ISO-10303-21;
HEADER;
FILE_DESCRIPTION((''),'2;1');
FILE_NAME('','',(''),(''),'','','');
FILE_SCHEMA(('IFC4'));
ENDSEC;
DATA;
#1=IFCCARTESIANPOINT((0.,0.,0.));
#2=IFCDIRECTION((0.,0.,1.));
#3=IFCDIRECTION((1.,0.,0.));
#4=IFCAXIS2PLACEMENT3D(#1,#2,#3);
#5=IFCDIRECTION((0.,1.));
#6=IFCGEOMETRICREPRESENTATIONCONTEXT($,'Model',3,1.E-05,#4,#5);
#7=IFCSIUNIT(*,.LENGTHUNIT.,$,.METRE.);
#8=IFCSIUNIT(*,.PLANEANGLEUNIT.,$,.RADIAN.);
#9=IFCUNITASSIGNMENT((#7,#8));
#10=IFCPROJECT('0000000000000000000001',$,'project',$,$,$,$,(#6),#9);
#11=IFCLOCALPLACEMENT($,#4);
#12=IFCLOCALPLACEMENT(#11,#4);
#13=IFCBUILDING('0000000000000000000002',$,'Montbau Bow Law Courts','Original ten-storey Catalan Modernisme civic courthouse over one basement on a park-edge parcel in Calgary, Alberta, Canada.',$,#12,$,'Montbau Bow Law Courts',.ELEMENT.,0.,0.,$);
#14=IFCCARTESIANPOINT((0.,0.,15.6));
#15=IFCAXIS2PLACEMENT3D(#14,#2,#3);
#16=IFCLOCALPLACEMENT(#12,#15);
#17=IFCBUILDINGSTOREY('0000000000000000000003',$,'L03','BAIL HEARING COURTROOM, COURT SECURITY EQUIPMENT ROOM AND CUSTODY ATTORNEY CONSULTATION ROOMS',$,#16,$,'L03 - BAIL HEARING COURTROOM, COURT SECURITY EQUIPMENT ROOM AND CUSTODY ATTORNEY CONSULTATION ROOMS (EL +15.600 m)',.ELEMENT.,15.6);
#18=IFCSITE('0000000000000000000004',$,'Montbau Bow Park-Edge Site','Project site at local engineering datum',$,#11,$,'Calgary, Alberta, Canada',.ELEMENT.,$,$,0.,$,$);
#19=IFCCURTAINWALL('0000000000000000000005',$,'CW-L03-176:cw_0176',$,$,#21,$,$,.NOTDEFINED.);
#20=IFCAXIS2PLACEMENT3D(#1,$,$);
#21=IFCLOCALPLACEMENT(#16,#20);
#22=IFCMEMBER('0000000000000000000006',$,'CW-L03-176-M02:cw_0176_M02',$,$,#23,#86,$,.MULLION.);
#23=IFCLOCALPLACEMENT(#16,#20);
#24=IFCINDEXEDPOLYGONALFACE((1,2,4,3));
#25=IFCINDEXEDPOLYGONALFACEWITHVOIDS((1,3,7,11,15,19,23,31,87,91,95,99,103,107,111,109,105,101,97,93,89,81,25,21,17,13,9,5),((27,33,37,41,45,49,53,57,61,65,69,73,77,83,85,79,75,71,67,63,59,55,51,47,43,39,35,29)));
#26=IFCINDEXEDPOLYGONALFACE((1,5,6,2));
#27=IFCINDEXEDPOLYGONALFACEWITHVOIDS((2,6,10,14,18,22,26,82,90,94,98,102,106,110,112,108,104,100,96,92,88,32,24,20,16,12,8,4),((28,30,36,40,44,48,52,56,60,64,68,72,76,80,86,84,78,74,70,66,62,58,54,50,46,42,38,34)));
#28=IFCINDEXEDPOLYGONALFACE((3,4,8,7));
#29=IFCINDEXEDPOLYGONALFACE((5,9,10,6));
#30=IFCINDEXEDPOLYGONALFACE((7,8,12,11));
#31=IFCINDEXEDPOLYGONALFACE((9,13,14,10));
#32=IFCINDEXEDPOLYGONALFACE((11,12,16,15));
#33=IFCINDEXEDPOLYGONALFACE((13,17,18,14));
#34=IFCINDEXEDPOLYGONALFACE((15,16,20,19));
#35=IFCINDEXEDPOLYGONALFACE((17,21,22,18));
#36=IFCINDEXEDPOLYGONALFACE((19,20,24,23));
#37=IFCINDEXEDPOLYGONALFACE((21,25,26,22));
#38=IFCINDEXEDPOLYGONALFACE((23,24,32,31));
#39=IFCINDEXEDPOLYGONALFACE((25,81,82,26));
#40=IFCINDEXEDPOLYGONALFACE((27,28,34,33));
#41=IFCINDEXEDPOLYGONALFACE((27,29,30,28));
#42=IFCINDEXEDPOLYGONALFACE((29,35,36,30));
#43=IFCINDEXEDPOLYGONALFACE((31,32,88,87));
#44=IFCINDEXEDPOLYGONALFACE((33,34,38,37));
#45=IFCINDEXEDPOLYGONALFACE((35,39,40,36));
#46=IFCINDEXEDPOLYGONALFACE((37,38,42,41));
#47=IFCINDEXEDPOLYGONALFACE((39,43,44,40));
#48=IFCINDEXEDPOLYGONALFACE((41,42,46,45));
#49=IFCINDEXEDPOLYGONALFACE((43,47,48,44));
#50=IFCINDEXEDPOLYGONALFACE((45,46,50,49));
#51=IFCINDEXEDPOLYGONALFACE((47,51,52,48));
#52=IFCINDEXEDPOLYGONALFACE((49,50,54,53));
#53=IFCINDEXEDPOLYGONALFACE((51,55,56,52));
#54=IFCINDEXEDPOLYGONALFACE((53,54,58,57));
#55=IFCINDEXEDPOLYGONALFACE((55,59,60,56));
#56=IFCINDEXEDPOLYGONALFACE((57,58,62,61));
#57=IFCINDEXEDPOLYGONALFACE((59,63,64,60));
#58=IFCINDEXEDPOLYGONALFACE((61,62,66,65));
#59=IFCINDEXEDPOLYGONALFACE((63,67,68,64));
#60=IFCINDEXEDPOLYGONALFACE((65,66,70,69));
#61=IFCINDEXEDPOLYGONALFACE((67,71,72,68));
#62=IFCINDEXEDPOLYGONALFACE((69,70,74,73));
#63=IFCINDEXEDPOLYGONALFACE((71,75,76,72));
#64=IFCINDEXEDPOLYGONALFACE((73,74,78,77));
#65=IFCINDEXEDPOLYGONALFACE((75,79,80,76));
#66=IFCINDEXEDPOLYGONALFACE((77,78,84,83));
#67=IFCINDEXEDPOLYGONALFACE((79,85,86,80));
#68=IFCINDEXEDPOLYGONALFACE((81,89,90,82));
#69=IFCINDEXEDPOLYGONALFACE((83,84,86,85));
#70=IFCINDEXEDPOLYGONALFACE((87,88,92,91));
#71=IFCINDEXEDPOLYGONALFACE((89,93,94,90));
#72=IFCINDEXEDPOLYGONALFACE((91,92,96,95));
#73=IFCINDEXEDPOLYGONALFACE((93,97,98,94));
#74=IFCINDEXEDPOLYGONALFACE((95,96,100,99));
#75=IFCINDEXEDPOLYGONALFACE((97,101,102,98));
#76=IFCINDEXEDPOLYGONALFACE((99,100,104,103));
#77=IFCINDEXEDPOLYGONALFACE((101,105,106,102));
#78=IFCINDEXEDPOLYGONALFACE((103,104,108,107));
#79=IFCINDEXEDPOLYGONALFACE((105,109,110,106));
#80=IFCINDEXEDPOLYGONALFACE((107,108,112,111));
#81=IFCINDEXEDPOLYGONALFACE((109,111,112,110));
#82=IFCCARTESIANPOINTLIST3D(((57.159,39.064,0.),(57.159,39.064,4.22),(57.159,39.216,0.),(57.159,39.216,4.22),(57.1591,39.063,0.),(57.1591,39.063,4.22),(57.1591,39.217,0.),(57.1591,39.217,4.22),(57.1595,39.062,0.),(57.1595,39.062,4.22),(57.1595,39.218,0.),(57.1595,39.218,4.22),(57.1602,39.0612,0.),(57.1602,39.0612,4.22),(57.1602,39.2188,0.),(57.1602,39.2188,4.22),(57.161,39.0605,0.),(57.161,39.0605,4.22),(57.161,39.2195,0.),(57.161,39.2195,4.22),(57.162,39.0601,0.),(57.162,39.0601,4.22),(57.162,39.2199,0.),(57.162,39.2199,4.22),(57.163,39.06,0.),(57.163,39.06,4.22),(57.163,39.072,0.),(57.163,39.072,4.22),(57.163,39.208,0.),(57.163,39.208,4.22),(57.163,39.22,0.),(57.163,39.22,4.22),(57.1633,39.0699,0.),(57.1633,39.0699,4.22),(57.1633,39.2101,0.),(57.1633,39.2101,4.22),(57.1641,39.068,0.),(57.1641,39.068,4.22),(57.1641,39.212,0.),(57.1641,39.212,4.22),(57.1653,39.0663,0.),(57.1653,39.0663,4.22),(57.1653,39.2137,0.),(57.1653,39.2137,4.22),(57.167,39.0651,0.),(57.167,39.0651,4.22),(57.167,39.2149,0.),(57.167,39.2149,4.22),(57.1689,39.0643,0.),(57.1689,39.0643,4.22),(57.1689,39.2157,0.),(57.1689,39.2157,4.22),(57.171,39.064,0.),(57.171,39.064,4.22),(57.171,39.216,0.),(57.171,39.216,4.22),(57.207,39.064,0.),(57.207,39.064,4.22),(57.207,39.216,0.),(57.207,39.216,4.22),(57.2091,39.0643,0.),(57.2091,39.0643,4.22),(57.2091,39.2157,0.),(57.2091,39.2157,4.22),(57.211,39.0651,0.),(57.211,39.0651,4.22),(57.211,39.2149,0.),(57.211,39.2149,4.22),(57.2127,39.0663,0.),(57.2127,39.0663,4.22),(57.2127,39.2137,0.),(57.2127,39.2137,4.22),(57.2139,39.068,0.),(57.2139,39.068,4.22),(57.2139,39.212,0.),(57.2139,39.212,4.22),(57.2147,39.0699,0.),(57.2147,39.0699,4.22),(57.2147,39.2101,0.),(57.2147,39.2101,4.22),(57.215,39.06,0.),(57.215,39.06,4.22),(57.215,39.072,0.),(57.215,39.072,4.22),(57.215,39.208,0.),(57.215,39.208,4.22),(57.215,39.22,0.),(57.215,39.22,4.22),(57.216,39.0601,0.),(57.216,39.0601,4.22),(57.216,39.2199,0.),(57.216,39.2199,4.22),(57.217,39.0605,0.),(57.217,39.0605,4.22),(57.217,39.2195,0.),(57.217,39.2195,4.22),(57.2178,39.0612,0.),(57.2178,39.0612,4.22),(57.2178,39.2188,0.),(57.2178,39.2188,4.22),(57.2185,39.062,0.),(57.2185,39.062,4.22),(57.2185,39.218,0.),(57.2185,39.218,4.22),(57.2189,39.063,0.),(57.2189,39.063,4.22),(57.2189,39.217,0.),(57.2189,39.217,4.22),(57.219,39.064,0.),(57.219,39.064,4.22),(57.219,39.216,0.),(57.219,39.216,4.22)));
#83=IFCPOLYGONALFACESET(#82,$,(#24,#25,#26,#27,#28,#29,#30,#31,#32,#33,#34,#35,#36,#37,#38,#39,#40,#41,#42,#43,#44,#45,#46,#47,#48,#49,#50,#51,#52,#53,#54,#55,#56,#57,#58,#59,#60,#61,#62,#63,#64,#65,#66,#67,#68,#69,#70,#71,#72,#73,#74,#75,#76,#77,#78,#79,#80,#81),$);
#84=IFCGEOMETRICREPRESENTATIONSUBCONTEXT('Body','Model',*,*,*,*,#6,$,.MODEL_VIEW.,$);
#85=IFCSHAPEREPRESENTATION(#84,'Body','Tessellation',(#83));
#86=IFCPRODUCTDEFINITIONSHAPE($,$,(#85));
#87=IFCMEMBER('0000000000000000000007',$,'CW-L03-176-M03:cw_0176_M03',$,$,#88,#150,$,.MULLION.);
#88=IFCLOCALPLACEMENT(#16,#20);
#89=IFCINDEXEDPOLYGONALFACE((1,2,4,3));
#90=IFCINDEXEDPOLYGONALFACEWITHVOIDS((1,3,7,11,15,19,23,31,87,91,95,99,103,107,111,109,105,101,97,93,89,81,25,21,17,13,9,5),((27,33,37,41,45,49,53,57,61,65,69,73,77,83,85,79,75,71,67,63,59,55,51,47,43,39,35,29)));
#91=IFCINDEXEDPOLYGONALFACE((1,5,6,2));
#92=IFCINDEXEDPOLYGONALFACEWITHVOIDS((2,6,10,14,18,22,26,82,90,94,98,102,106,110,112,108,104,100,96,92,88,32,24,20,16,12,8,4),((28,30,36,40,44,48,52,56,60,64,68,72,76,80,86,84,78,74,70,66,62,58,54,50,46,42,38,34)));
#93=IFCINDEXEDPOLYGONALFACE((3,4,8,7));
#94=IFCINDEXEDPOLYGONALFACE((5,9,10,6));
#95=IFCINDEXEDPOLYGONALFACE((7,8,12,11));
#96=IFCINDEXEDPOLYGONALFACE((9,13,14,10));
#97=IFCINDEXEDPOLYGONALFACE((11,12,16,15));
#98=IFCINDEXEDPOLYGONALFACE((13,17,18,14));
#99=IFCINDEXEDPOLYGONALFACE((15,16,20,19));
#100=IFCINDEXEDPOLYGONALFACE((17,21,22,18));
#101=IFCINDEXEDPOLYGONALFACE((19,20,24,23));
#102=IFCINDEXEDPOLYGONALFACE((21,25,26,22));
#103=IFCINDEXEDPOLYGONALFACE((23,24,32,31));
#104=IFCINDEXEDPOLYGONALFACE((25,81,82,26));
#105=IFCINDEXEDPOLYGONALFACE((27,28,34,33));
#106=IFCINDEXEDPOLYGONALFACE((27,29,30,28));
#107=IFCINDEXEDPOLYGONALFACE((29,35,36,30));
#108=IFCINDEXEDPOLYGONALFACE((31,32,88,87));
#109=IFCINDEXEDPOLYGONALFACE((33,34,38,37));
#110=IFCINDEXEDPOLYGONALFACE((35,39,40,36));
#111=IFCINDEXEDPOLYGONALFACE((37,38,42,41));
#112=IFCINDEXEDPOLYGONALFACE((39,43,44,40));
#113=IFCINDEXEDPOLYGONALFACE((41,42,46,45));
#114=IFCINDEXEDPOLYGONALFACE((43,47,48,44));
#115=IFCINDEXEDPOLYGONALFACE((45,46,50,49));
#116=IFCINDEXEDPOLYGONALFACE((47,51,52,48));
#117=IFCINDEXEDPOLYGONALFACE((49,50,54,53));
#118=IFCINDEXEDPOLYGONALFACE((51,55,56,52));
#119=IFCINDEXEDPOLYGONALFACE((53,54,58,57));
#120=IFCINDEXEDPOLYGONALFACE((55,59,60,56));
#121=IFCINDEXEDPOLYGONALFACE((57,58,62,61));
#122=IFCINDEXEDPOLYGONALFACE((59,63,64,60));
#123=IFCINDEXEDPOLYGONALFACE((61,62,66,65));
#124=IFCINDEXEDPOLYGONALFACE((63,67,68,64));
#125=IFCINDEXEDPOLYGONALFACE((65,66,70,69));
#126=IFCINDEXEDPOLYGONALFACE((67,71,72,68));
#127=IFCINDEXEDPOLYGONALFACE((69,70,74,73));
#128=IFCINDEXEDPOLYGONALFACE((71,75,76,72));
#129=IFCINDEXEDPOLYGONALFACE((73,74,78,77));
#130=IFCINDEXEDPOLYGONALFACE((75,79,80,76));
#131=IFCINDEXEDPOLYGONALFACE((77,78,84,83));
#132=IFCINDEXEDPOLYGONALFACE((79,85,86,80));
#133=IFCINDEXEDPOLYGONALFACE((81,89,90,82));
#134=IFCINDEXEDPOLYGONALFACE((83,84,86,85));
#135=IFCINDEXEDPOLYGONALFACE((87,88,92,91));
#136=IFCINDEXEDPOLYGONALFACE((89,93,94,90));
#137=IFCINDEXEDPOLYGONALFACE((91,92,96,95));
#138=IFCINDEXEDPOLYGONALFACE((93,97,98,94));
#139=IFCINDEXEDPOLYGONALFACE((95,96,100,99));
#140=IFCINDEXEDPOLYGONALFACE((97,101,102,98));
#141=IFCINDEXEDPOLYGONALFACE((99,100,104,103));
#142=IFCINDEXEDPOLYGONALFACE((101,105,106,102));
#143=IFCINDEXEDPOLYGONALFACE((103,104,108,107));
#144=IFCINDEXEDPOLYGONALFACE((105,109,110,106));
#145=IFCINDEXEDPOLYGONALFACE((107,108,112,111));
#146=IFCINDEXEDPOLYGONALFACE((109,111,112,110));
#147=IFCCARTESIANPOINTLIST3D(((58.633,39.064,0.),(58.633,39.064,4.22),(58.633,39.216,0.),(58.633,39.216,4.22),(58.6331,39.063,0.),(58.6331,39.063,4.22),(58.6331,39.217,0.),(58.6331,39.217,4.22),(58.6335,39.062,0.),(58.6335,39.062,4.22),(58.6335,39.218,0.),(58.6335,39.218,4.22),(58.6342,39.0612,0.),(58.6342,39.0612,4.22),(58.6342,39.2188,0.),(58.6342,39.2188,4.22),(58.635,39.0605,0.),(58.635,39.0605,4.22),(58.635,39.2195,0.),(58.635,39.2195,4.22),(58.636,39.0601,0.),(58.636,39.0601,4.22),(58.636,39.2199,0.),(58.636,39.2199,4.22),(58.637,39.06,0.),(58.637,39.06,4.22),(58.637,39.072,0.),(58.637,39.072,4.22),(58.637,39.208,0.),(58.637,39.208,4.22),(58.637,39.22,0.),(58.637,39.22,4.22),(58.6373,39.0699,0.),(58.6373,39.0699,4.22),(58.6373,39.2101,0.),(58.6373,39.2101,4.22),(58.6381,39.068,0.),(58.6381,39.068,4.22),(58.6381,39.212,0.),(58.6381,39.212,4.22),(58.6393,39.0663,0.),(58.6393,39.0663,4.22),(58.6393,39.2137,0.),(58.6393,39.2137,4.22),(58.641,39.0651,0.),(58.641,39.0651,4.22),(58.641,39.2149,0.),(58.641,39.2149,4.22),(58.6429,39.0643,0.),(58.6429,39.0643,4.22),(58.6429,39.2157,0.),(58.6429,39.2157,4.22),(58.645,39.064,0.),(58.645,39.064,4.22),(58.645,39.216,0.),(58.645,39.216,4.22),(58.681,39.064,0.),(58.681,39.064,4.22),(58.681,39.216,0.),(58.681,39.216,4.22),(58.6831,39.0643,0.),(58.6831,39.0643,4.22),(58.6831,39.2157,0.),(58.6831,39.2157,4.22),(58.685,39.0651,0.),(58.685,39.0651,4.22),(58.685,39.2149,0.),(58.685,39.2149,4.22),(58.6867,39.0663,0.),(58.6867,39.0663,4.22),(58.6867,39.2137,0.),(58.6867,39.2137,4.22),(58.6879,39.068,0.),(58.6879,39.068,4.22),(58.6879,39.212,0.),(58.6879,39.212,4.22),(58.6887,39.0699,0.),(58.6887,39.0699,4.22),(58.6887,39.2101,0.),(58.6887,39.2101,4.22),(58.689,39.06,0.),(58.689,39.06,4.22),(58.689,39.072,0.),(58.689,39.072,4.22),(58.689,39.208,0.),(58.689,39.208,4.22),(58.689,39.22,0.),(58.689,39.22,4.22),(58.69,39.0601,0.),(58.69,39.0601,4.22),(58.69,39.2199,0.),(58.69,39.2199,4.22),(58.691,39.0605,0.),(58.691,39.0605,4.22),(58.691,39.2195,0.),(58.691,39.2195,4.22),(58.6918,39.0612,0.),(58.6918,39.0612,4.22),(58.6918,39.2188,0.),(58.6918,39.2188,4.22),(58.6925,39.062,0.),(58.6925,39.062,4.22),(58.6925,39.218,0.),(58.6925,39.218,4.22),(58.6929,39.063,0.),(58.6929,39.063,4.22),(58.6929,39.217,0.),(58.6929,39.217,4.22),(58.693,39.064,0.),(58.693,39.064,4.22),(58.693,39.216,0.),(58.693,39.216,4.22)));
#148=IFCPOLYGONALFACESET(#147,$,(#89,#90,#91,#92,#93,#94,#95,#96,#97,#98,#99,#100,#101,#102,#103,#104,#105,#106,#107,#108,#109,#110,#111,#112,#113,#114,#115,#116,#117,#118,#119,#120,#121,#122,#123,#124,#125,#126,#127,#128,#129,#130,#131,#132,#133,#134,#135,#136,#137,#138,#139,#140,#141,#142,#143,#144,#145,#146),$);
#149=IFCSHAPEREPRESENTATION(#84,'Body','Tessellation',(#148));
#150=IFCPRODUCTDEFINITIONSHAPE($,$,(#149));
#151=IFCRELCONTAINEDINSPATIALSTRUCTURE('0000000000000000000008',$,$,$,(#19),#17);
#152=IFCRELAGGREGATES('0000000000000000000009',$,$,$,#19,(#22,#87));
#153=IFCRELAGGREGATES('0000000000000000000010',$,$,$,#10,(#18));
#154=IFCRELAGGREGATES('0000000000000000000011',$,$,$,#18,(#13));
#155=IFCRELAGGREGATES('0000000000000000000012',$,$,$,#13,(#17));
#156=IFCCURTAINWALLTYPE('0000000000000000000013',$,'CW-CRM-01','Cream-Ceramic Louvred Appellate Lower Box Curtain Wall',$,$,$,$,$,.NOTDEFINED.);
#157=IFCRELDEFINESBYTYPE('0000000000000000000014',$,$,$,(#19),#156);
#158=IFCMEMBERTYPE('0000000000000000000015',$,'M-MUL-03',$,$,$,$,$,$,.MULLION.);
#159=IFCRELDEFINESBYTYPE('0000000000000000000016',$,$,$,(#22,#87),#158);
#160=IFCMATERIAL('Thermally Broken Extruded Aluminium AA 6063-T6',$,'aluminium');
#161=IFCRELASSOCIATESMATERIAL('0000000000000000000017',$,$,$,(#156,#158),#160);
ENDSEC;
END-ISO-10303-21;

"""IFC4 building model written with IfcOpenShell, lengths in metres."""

from ifc_helpers import new_model, si_unit, direction, frame, origin_with_axes, origin_2d_with_axis, place, context, subcontext, project, spatial, hollow_rectangle, extrude, material, material_profile, profile_set, type_object, element, aggregate, save


model = new_model("IFC4")

# Units and contexts
model_context = context("Model", 3, precision=1e-05, world=origin_with_axes(), true_north=direction((0.0, 1.0)))
body_context = subcontext(model_context, "Body", "Model", "MODEL_VIEW")
ifc_project = project(units=[si_unit("LENGTHUNIT", "METRE"), si_unit("PLANEANGLEUNIT", "RADIAN")], contexts=[model_context])

# Site, building, storey
site_placement = place(None, origin_with_axes())
site = spatial("IfcSite", under=ifc_project, at=site_placement, Name="Montbau Bow Park-Edge Site", Description="Project site at local engineering datum", LongName="Calgary, Alberta, Canada", CompositionType="ELEMENT", RefElevation=0.0)
building_placement = place(site_placement, origin_with_axes())
building = spatial("IfcBuilding", under=site, at=building_placement, Name="Montbau Bow Law Courts", Description="Original ten-storey Catalan Modernisme civic courthouse over one basement on a park-edge parcel in Calgary, Alberta, Canada.", LongName="Montbau Bow Law Courts", CompositionType="ELEMENT", ElevationOfRefHeight=0.0, ElevationOfTerrain=0.0)
storey_placement = place(building_placement, frame((0.0, 0.0, 15.6), z_axis=(0.0, 0.0, 1.0), x_axis=(1.0, 0.0, 0.0)))
storey = spatial("IfcBuildingStorey", under=building, at=storey_placement, Name="L03", Description="BAIL HEARING COURTROOM, COURT SECURITY EQUIPMENT ROOM AND CUSTODY ATTORNEY CONSULTATION ROOMS", LongName="L03 - BAIL HEARING COURTROOM, COURT SECURITY EQUIPMENT ROOM AND CUSTODY ATTORNEY CONSULTATION ROOMS (EL +15.600 m)", CompositionType="ELEMENT", Elevation=15.6)

# Curtain wall, members
ifc_material_1 = material(Name="Thermally Broken Extruded Aluminium AA 6063-T6", Category="aluminium")
curtain_wall_type = type_object("IfcCurtainWallType", Name="CW-CRM-01", Description="Cream-Ceramic Louvred Appellate Lower Box Curtain Wall", PredefinedType="NOTDEFINED", material=ifc_material_1)
curtain_wall_placement = place(None, frame((55.715, 39.14, 15.6), z_axis=(0.0, 0.0, 1.0), x_axis=(1.0, 0.0, 0.0)))
curtain_wall = element("IfcCurtainWall", 1, at=curtain_wall_placement, inside=storey, type_object=curtain_wall_type, Name="CW-L03-176:cw_0176", PredefinedType="NOTDEFINED")
ifc_material_profile_1 = material_profile(ifc_material_1, hollow_rectangle(XDim=0.06, YDim=0.16, WallThickness=0.004, InnerFilletRadius=0.008, OuterFilletRadius=0.004, at=origin_2d_with_axis()), Name="CWM-160X60", Category="Main", Priority=0)
ifc_profile_set_1 = profile_set([ifc_material_profile_1], Name="Thermally Broken Extruded Aluminium AA 6063-T6")
member_type_1 = type_object("IfcMemberType", Name="M-MUL-03", PredefinedType="MULLION", material=ifc_profile_set_1)
member_1_placement = place(None, frame((57.189, 39.14, 15.6), z_axis=(0.0, 0.0, 1.0), x_axis=(1.0, 0.0, 0.0)))
member_1 = element("IfcMember", 2, at=member_1_placement, type_object=member_type_1, Name="CW-L03-176-M02:cw_0176_M02", PredefinedType="MULLION", context=body_context, shape_type="SweptSolid", body=[
    extrude(hollow_rectangle(XDim=0.06, YDim=0.16, WallThickness=0.004, InnerFilletRadius=0.008, OuterFilletRadius=0.004, at=origin_2d_with_axis()), origin_with_axes(), (0.0, 0.0, 1.0), 4.22),
])
member_2_placement = place(None, frame((58.663, 39.14, 15.6), z_axis=(0.0, 0.0, 1.0), x_axis=(1.0, 0.0, 0.0)))
member_2 = element("IfcMember", 3, at=member_2_placement, type_object=member_type_1, Name="CW-L03-176-M03:cw_0176_M03", PredefinedType="MULLION", context=body_context, shape_type="SweptSolid", body=[
    extrude(hollow_rectangle(XDim=0.06, YDim=0.16, WallThickness=0.004, InnerFilletRadius=0.008, OuterFilletRadius=0.004, at=origin_2d_with_axis()), origin_with_axes(), (0.0, 0.0, 1.0), 4.22),
])
aggregate(curtain_wall, [member_1, member_2])

save(model, "model.ifc")
